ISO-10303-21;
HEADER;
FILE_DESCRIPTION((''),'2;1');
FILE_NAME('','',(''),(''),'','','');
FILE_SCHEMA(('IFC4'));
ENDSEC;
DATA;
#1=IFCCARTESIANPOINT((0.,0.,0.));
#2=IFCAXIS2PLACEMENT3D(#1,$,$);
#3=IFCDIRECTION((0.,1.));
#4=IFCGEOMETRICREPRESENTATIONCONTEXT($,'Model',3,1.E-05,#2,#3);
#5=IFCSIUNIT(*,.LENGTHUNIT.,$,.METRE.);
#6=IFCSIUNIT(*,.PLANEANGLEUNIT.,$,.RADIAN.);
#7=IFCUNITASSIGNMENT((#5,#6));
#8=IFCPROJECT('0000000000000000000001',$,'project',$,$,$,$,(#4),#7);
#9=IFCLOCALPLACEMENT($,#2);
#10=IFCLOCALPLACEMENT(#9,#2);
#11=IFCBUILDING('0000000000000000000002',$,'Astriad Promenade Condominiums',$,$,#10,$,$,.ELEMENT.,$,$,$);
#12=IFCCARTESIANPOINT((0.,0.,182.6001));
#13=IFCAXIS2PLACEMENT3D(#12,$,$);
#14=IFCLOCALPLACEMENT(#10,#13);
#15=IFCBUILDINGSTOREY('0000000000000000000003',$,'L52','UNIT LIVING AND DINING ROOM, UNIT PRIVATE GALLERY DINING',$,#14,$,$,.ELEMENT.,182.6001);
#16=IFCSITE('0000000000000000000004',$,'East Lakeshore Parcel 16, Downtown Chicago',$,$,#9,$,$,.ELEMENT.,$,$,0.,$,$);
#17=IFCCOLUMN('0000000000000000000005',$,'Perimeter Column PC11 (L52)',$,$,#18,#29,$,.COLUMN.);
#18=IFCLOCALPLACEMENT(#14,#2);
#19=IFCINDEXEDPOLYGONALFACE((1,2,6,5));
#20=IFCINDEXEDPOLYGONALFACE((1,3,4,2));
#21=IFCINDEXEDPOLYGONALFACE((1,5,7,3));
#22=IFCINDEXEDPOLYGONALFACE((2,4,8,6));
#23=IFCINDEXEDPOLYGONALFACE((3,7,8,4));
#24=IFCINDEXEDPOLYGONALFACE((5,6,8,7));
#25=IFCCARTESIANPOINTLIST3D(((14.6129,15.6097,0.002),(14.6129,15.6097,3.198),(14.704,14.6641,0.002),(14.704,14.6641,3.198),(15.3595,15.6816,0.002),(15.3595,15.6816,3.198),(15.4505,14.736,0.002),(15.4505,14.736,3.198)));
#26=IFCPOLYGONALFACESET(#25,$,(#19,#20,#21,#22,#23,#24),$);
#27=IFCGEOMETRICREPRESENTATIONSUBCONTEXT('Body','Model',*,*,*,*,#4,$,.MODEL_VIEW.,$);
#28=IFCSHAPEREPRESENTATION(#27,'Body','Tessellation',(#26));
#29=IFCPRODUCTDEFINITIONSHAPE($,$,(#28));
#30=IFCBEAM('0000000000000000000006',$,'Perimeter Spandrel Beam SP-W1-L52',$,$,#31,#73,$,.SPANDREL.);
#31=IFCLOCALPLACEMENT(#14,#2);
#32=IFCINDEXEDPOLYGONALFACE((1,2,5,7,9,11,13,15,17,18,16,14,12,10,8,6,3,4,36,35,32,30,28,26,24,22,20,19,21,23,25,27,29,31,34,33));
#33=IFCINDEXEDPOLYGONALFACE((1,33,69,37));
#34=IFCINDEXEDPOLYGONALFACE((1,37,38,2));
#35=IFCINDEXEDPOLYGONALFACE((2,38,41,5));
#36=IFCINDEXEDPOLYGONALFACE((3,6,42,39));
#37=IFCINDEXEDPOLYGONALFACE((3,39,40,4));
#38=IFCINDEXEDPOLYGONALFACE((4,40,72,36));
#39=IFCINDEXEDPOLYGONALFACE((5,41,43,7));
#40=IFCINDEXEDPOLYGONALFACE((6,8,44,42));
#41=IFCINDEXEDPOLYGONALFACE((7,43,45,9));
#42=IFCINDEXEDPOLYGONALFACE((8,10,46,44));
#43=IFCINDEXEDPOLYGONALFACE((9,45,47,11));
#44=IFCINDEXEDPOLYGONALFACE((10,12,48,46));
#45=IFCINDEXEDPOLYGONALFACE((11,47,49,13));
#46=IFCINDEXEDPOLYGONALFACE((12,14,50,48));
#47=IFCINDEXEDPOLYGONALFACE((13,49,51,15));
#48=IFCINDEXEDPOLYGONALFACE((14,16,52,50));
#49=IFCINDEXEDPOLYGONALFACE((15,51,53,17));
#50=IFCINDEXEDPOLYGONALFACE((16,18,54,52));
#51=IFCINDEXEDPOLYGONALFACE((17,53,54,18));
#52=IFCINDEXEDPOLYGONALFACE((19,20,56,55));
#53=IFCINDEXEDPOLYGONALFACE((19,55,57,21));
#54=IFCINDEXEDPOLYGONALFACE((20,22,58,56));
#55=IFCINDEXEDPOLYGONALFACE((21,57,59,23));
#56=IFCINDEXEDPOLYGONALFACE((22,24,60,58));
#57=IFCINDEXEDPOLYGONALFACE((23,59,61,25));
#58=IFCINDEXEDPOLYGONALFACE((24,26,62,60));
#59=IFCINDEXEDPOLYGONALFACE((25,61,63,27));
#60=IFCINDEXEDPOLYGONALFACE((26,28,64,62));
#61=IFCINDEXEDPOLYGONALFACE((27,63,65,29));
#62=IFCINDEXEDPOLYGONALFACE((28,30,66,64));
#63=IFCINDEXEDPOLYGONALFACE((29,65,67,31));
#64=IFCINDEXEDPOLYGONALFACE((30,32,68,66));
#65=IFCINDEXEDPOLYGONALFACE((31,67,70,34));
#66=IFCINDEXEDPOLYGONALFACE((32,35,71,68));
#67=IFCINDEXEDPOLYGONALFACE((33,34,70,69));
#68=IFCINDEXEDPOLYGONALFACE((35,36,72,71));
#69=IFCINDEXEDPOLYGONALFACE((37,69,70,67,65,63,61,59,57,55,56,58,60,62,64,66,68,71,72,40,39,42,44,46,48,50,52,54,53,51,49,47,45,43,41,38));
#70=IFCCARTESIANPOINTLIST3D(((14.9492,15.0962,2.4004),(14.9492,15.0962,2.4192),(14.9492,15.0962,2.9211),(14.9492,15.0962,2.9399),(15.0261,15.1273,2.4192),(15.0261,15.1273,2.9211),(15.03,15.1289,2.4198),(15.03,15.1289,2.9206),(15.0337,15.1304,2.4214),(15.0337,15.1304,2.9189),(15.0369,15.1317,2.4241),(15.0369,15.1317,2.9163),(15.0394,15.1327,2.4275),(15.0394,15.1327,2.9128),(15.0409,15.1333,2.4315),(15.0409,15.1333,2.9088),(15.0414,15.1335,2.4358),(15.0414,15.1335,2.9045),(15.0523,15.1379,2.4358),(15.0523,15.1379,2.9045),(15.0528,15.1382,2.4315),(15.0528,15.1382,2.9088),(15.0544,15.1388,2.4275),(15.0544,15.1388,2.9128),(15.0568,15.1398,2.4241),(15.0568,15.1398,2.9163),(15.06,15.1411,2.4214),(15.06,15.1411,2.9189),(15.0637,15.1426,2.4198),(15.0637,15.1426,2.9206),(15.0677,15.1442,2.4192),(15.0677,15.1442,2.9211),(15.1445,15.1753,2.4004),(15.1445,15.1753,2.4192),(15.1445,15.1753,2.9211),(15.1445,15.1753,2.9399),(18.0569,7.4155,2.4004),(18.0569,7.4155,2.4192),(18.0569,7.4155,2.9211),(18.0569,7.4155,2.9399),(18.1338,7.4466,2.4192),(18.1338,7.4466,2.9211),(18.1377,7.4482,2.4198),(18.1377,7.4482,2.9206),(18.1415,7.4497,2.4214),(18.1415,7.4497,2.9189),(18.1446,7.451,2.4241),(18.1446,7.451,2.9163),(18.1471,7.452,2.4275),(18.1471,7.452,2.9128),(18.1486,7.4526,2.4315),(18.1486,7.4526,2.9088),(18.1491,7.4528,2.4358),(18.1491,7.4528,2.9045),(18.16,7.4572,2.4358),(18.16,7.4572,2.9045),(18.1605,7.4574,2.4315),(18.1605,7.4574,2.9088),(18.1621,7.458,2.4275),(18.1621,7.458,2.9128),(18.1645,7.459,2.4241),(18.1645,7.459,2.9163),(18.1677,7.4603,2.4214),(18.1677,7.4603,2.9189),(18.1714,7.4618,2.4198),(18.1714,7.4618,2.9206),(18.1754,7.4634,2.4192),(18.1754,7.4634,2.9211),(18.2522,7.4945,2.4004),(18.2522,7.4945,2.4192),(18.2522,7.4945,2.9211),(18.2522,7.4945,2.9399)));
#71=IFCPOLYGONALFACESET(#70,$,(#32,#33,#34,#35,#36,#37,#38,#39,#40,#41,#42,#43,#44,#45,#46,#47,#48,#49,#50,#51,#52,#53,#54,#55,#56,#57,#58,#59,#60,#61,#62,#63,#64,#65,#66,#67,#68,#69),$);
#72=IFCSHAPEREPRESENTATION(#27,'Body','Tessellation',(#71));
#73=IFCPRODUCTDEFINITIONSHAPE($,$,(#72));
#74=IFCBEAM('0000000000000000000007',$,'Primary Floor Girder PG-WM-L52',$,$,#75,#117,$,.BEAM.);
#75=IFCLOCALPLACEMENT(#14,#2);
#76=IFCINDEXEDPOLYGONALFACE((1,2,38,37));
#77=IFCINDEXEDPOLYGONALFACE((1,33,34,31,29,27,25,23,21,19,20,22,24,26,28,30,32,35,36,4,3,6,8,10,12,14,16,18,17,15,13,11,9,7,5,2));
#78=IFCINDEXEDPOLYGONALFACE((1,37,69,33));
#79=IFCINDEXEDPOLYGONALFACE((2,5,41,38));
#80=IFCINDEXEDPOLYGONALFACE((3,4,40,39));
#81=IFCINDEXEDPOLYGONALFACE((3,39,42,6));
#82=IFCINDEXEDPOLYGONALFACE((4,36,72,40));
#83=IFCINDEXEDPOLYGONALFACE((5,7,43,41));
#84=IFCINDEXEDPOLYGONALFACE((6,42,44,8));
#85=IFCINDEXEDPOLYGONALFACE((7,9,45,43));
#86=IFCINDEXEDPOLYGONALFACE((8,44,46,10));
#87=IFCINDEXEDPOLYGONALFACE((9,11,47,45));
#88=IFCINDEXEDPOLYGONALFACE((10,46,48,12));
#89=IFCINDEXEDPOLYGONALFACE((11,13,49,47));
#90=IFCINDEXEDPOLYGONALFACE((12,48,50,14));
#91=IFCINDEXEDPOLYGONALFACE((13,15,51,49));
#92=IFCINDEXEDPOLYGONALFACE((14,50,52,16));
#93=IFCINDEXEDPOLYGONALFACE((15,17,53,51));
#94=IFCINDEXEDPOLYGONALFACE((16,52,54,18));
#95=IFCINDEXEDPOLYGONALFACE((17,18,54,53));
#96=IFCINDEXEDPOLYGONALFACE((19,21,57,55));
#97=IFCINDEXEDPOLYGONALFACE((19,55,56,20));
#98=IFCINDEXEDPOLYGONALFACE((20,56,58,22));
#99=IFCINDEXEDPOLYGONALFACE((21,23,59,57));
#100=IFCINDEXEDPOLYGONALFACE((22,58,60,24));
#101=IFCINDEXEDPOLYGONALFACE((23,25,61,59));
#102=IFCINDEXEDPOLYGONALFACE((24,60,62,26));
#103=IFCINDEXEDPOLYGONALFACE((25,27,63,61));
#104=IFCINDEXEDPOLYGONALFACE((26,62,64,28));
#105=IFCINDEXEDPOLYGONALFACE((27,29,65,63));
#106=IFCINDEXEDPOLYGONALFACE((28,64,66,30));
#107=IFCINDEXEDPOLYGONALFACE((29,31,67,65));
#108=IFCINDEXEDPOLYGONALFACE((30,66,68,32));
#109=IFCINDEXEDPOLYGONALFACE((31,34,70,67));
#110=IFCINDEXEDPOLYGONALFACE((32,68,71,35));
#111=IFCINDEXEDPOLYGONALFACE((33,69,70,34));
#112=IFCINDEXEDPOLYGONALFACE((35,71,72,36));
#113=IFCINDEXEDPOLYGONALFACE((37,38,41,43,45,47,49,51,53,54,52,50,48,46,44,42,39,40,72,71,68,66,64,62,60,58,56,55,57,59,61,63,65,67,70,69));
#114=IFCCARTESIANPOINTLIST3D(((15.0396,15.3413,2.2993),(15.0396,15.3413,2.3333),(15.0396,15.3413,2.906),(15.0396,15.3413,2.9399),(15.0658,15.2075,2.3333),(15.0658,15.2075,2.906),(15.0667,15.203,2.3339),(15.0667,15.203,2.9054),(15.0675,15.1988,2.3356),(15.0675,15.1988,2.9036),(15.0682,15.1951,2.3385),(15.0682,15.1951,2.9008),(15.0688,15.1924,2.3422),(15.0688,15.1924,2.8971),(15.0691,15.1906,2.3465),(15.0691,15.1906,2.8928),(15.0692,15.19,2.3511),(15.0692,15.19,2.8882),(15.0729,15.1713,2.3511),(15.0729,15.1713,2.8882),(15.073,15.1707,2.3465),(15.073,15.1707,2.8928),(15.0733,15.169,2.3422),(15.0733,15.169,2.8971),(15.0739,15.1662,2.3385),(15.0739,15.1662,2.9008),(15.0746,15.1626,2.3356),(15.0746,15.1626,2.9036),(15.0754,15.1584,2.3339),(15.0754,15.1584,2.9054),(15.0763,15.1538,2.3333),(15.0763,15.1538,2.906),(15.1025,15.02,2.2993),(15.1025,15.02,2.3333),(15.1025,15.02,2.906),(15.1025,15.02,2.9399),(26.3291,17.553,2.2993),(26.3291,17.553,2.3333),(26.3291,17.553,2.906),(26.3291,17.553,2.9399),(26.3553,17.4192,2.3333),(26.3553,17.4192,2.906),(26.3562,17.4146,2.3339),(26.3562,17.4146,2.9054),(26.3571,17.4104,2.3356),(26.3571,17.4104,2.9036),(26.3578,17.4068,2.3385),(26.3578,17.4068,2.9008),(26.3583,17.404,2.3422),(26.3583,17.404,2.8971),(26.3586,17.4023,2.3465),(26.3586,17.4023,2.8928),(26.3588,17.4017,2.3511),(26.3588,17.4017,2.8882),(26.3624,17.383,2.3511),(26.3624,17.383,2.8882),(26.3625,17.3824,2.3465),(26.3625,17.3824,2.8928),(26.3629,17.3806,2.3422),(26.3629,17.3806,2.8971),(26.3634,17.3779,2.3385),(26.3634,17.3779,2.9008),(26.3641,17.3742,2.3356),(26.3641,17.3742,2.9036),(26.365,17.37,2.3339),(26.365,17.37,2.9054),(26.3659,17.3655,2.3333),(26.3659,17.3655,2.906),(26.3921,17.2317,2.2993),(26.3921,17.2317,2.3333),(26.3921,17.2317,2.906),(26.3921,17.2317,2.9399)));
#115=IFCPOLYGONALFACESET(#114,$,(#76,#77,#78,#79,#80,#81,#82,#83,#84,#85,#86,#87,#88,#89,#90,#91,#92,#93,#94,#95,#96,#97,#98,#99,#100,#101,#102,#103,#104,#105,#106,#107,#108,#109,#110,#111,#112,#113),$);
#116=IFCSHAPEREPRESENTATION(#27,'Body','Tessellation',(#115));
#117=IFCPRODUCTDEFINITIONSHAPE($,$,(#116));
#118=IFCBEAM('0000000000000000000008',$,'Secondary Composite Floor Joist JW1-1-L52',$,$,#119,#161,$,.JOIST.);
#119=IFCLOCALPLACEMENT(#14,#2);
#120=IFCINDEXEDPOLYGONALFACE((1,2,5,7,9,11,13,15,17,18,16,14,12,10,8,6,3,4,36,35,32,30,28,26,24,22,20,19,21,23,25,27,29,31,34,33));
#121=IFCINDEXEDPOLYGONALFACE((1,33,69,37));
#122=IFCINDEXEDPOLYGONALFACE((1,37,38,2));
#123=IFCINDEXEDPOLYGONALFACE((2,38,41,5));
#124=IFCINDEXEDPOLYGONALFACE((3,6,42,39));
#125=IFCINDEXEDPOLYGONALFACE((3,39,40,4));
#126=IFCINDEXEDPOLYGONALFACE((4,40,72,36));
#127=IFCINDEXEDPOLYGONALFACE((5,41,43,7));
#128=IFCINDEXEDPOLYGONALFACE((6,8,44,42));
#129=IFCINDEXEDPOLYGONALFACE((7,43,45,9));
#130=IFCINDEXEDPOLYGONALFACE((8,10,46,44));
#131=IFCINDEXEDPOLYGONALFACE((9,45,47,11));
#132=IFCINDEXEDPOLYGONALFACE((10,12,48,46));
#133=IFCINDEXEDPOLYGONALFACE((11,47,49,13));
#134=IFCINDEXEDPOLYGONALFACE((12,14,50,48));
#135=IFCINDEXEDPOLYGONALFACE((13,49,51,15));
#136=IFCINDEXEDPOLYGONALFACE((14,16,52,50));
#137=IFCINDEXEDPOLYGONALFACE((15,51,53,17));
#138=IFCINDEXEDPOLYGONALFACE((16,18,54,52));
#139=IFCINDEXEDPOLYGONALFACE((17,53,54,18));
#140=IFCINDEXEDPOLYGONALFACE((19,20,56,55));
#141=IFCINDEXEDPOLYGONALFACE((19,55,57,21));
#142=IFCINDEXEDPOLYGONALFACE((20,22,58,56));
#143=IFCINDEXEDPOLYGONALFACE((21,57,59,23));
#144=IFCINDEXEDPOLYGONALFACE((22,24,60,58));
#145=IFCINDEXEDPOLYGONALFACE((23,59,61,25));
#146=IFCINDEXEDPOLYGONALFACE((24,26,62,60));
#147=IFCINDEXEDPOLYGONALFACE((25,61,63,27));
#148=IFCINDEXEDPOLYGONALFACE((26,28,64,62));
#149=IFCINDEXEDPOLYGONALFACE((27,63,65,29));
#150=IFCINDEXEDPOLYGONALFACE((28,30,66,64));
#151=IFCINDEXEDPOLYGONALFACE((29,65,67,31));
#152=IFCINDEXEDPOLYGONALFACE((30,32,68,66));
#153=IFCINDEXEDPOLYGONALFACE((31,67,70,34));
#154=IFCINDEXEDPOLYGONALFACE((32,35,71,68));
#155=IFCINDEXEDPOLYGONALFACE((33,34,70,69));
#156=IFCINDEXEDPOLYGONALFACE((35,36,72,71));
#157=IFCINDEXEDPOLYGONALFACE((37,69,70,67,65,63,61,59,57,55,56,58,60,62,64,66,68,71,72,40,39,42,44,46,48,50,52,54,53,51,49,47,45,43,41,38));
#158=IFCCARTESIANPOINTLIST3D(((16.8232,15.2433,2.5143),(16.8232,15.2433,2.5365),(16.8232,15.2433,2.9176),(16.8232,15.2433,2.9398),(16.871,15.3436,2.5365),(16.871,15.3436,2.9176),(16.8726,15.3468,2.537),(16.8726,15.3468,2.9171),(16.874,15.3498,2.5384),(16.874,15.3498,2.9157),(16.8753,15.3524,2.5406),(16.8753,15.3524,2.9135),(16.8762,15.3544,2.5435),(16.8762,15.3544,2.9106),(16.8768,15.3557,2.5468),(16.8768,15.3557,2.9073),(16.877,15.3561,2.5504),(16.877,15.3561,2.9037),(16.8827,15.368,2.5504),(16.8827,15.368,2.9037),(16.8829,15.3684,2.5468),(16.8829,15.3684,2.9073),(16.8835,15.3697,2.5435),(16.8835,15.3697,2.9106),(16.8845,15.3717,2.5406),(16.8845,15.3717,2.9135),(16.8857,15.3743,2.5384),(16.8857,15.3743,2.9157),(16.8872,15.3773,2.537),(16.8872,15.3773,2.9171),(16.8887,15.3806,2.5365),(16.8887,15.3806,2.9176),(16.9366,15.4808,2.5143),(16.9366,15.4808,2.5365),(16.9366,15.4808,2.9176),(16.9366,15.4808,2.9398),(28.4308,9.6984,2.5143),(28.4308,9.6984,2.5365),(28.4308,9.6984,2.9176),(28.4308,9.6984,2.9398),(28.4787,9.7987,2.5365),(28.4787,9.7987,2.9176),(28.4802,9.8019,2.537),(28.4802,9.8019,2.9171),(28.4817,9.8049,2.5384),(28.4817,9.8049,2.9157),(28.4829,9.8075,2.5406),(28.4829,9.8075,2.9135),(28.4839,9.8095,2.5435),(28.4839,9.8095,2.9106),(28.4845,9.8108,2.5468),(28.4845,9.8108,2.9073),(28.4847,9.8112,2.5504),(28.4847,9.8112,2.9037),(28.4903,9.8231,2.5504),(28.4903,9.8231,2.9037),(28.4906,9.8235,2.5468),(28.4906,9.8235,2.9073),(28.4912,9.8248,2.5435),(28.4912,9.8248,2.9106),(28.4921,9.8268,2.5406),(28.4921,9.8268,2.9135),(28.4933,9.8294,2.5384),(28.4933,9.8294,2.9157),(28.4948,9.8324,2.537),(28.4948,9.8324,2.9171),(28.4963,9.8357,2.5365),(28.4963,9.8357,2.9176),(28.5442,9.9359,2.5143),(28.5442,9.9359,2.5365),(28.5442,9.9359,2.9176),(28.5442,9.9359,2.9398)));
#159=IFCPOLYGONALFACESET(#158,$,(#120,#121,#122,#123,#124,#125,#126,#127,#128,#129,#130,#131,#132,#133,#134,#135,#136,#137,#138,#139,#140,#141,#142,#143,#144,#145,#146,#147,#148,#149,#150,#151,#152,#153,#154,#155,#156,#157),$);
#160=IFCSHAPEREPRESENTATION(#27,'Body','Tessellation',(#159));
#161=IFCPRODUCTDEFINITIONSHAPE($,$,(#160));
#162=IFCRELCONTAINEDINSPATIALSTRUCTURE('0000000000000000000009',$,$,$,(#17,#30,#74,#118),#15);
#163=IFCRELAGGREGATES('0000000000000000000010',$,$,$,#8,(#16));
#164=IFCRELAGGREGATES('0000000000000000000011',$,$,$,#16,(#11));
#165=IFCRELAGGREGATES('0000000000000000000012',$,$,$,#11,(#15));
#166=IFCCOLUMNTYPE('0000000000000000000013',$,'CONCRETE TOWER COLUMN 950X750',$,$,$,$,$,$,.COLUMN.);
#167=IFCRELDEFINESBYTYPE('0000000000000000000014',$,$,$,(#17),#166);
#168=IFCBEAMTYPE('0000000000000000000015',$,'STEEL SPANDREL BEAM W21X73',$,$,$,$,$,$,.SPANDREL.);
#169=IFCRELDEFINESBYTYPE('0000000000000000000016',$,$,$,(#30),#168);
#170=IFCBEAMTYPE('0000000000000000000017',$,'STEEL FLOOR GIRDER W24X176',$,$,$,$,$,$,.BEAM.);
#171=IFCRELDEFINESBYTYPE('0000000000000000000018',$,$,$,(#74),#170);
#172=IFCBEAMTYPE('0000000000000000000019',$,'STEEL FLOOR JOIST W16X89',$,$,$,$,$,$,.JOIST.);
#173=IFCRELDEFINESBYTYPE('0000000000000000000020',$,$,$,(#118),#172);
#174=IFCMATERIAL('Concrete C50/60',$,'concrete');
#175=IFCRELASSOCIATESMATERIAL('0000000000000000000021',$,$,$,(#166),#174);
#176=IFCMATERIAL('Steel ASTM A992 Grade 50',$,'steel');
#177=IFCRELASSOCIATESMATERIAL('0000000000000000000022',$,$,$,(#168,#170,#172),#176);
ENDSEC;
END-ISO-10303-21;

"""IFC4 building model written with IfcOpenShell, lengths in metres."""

from ifc_helpers import new_model, si_unit, direction, frame, origin, origin_2d, place, context, subcontext, project, spatial, rectangle, i_section, extrude, source, transform, mapped, material, material_profile, profile_set, type_object, type_shapes, element, save


model = new_model("IFC4")

# Units and contexts
model_context = context("Model", 3, precision=1e-05, world=origin(), true_north=direction((0.0, 1.0)))
body_context = subcontext(model_context, "Body", "Model", "MODEL_VIEW")
ifc_project = project(units=[si_unit("LENGTHUNIT", "METRE"), si_unit("PLANEANGLEUNIT", "RADIAN")], contexts=[model_context])

# Site, building, storey
site_placement = place(None, origin())
site = spatial("IfcSite", under=ifc_project, at=site_placement, Name="East Lakeshore Parcel 16, Downtown Chicago", CompositionType="ELEMENT", RefElevation=0.0)
building_placement = place(site_placement, origin())
building = spatial("IfcBuilding", under=site, at=building_placement, Name="Astriad Promenade Condominiums", CompositionType="ELEMENT")
storey_placement = place(building_placement, frame((0.0, 0.0, 182.6001)))
storey = spatial("IfcBuildingStorey", under=building, at=storey_placement, Name="L52", Description="UNIT LIVING AND DINING ROOM, UNIT PRIVATE GALLERY DINING", CompositionType="ELEMENT", Elevation=182.6001)

# Column
ifc_material_1 = material(Name="Concrete C50/60", Category="concrete")
ifc_material_profile_1 = material_profile(ifc_material_1, rectangle(XDim=0.75, YDim=0.95, at=origin_2d()), Name="RC-COL-950X750")
ifc_profile_set_1 = profile_set([ifc_material_profile_1], Name="Concrete C50/60")
column_type = type_object("IfcColumnType", Name="CONCRETE TOWER COLUMN 950X750", PredefinedType="COLUMN", material=ifc_profile_set_1)
shared_shape_1 = source(origin(), body_context, "Body", "SweptSolid", [
    extrude(rectangle(XDim=0.75, YDim=0.95, at=origin_2d()), origin(), (0.0, 0.0, 1.0), 3.196),
])
type_shapes(column_type, [shared_shape_1])
column_placement = place(storey_placement, frame((15.0317, 15.1729, 0.002), z_axis=(0.0, 0.0, 1.0), x_axis=(0.995396, 0.095846, 0.0)))
element("IfcColumn", 1, at=column_placement, inside=storey, type_object=column_type, Name="Perimeter Column PC11 (L52)", PredefinedType="COLUMN", context=body_context, shape_type="MappedRepresentation", body=[
    mapped(shared_shape_1, transform((0.0, 0.0, 0.0), scale=1.0)),
])

# Beams
ifc_material_2 = material(Name="Steel ASTM A992 Grade 50", Category="steel")
ifc_material_profile_2 = material_profile(ifc_material_2, i_section(OverallWidth=0.2107, OverallDepth=0.5396, WebThickness=0.0117, FlangeThickness=0.0188, FilletRadius=0.0166, at=origin_2d()), Name="W21X73")
ifc_profile_set_2 = profile_set([ifc_material_profile_2], Name="Steel ASTM A992 Grade 50")
beam_type_1 = type_object("IfcBeamType", Name="STEEL SPANDREL BEAM W21X73", PredefinedType="SPANDREL", material=ifc_profile_set_2)
shared_shape_2 = source(origin(), body_context, "Body", "SweptSolid", [
    extrude(i_section(OverallWidth=0.2107, OverallDepth=0.5396, WebThickness=0.0117, FlangeThickness=0.0188, FilletRadius=0.0166, at=origin_2d()), origin(), (0.0, 0.0, 1.0), 8.2856),
])
type_shapes(beam_type_1, [shared_shape_2])
beam_1_placement = place(storey_placement, frame((15.0469, 15.1357, 2.6702), z_axis=(0.375071, -0.926996, 0.0), x_axis=(0.926996, 0.375071, 0.0)))
element("IfcBeam", 2, at=beam_1_placement, inside=storey, type_object=beam_type_1, Name="Perimeter Spandrel Beam SP-W1-L52", PredefinedType="SPANDREL", context=body_context, shape_type="MappedRepresentation", body=[
    mapped(shared_shape_2, transform((0.0, 0.0, 0.0), scale=1.0)),
])
ifc_material_profile_3 = material_profile(ifc_material_2, i_section(OverallWidth=0.3274, OverallDepth=0.6406, WebThickness=0.019, FlangeThickness=0.0339, FilletRadius=0.0178, at=origin_2d()), Name="W24X176")
ifc_profile_set_3 = profile_set([ifc_material_profile_3], Name="Steel ASTM A992 Grade 50")
beam_type_2 = type_object("IfcBeamType", Name="STEEL FLOOR GIRDER W24X176", PredefinedType="BEAM", material=ifc_profile_set_3)
shared_shape_3 = source(origin(), body_context, "Body", "SweptSolid", [
    extrude(i_section(OverallWidth=0.3274, OverallDepth=0.6406, WebThickness=0.019, FlangeThickness=0.0339, FilletRadius=0.0178, at=origin_2d()), origin(), (0.0, 0.0, 1.0), 11.5042),
])
type_shapes(beam_type_2, [shared_shape_3])
beam_2_placement = place(storey_placement, frame((15.071, 15.1807, 2.6196), z_axis=(0.981346, 0.19225, 0.0), x_axis=(-0.19225, 0.981346, 0.0)))
element("IfcBeam", 3, at=beam_2_placement, inside=storey, type_object=beam_type_2, Name="Primary Floor Girder PG-WM-L52", PredefinedType="BEAM", context=body_context, shape_type="MappedRepresentation", body=[
    mapped(shared_shape_3, transform((0.0, 0.0, 0.0), scale=1.0)),
])
ifc_material_profile_4 = material_profile(ifc_material_2, i_section(OverallWidth=0.2632, OverallDepth=0.4255, WebThickness=0.0132, FlangeThickness=0.0222, FilletRadius=0.0139, at=origin_2d()), Name="W16X89")
ifc_profile_set_4 = profile_set([ifc_material_profile_4], Name="Steel ASTM A992 Grade 50")
beam_type_3 = type_object("IfcBeamType", Name="STEEL FLOOR JOIST W16X89", PredefinedType="JOIST", material=ifc_profile_set_4)
shared_shape_4 = source(origin(), body_context, "Body", "SweptSolid", [
    extrude(i_section(OverallWidth=0.2632, OverallDepth=0.4255, WebThickness=0.0132, FlangeThickness=0.0222, FilletRadius=0.0139, at=origin_2d()), origin(), (0.0, 0.0, 1.0), 12.864),
])
beam_3_placement = place(storey_placement, frame((16.8799, 15.3621, 2.7271), z_axis=(0.902333, -0.43104, 0.0), x_axis=(0.43104, 0.902333, 0.0)))
element("IfcBeam", 4, at=beam_3_placement, inside=storey, type_object=beam_type_3, Name="Secondary Composite Floor Joist JW1-1-L52", PredefinedType="JOIST", context=body_context, shape_type="MappedRepresentation", body=[
    mapped(shared_shape_4, transform((0.0, 0.0, 0.0), scale=1.0)),
])

save(model, "model.ifc")
